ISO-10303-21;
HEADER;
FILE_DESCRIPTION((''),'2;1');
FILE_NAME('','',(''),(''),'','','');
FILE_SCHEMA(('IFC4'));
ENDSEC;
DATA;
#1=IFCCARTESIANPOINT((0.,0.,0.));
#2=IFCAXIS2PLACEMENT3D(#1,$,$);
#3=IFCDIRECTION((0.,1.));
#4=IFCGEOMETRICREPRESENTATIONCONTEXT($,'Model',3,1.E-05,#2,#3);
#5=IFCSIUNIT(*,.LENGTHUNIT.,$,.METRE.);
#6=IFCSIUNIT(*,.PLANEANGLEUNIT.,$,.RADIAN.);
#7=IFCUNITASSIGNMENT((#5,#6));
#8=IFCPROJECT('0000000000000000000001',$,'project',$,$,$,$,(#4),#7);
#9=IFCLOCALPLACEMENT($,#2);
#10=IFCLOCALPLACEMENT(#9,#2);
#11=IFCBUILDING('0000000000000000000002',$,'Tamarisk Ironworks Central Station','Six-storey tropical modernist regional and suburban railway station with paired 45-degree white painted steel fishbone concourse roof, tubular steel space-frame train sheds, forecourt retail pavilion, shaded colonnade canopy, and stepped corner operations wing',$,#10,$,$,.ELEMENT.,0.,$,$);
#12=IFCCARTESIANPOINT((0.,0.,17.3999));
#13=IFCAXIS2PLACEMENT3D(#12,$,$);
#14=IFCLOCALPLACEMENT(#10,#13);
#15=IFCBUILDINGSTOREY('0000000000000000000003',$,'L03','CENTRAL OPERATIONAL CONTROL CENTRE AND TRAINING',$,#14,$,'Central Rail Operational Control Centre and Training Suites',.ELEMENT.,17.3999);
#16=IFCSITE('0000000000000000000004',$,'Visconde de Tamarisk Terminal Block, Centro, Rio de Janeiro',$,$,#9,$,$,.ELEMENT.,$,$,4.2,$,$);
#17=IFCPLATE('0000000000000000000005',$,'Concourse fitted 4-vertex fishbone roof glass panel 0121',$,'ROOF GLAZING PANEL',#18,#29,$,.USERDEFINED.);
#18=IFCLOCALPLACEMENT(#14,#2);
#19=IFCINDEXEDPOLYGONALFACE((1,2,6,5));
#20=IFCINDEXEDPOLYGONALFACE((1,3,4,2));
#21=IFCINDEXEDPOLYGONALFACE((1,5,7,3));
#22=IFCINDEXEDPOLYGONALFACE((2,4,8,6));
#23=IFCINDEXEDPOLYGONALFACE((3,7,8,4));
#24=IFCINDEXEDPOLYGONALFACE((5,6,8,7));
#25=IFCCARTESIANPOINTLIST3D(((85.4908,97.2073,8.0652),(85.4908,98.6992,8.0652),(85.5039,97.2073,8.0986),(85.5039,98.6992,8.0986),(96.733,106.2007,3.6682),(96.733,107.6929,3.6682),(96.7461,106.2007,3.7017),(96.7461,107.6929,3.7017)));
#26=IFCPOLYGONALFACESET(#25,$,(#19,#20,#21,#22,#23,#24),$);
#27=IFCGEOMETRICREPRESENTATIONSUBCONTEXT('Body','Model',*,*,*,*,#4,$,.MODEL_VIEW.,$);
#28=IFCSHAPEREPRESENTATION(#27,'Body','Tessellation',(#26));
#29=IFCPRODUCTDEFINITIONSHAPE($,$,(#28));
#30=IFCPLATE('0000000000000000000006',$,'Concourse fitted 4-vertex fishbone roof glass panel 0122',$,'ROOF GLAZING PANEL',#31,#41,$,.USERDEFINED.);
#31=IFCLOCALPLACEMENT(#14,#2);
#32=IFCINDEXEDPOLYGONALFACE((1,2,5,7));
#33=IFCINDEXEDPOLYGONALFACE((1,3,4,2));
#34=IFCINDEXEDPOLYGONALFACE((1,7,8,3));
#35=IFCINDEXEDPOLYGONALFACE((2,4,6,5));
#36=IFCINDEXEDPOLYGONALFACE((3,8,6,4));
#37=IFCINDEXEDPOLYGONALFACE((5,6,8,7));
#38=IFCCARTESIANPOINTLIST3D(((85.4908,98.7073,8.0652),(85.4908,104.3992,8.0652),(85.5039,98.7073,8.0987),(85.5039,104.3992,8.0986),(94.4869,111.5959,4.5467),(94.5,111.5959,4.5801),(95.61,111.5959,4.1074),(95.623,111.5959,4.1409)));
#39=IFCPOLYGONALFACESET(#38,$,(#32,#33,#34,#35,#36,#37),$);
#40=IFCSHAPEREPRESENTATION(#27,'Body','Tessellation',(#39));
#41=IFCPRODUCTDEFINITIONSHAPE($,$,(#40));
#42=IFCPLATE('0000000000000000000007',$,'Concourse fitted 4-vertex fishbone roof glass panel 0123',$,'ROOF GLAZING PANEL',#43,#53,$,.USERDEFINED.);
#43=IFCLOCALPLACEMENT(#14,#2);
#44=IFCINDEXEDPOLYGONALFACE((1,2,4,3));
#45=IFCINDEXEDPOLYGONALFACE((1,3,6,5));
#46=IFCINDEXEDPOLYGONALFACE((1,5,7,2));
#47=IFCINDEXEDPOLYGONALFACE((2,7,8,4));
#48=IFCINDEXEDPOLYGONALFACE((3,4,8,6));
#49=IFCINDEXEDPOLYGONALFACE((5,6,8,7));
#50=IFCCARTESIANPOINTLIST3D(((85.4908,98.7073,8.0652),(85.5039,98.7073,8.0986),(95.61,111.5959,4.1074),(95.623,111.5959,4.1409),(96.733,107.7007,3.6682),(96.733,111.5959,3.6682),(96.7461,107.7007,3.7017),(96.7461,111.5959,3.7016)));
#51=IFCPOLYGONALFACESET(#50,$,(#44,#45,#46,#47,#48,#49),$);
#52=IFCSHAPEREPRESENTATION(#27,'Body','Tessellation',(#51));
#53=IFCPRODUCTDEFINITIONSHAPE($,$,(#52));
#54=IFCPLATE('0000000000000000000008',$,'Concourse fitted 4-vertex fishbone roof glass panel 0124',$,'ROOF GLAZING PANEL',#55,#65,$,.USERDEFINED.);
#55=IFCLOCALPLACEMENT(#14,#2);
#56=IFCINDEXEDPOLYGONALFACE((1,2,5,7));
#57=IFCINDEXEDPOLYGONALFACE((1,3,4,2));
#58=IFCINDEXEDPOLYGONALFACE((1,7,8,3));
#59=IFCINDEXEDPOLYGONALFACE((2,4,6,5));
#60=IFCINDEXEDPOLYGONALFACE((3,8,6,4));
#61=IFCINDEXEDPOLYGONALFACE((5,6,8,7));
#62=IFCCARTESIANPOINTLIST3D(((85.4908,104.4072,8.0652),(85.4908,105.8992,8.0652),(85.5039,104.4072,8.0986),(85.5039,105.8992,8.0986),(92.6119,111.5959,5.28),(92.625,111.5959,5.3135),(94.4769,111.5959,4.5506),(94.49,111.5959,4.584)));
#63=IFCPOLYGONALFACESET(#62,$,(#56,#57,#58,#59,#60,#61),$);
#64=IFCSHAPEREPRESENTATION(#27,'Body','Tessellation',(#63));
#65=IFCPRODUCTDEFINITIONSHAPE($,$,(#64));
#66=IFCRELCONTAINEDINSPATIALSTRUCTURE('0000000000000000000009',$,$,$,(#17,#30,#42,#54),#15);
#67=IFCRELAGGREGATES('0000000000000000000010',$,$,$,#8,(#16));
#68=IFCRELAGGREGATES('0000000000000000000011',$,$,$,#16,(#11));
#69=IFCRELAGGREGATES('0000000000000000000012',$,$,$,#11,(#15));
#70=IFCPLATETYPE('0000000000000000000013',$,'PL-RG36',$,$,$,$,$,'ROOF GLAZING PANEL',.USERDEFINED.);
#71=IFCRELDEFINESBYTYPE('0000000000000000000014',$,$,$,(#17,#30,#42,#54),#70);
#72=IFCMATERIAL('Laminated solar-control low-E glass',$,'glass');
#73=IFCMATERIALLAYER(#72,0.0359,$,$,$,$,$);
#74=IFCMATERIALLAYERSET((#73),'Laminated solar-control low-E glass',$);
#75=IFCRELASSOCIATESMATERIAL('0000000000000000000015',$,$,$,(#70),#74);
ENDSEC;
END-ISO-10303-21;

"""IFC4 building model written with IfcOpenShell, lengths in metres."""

from ifc_helpers import new_model, si_unit, direction, frame, origin, place, context, subcontext, project, spatial, polyline, outline, extrude, material, layer, layer_set, type_object, element, save


model = new_model("IFC4")

# Units and contexts
model_context = context("Model", 3, precision=1e-05, world=origin(), true_north=direction((0.0, 1.0)))
body_context = subcontext(model_context, "Body", "Model", "MODEL_VIEW")
ifc_project = project(units=[si_unit("LENGTHUNIT", "METRE"), si_unit("PLANEANGLEUNIT", "RADIAN")], contexts=[model_context])

# Site, building, storey
site_placement = place(None, origin())
site = spatial("IfcSite", under=ifc_project, at=site_placement, Name="Visconde de Tamarisk Terminal Block, Centro, Rio de Janeiro", CompositionType="ELEMENT", RefElevation=4.2)
building_placement = place(site_placement, origin())
building = spatial("IfcBuilding", under=site, at=building_placement, Name="Tamarisk Ironworks Central Station", Description="Six-storey tropical modernist regional and suburban railway station with paired 45-degree white painted steel fishbone concourse roof, tubular steel space-frame train sheds, forecourt retail pavilion, shaded colonnade canopy, and stepped corner operations wing", CompositionType="ELEMENT", ElevationOfRefHeight=0.0)
storey_placement = place(building_placement, frame((0.0, 0.0, 17.3999)))
storey = spatial("IfcBuildingStorey", under=building, at=storey_placement, Name="L03", Description="CENTRAL OPERATIONAL CONTROL CENTRE AND TRAINING", LongName="Central Rail Operational Control Centre and Training Suites", CompositionType="ELEMENT", Elevation=17.3999)

# Plates
ifc_material_1 = material(Name="Laminated solar-control low-E glass", Category="glass")
ifc_layer_1 = layer(ifc_material_1, 0.0359)
ifc_layer_set_1 = layer_set([ifc_layer_1], Name="Laminated solar-control low-E glass")
plate_type_1 = type_object("IfcPlateType", Name="PL-RG36", ElementType="ROOF GLAZING PANEL", PredefinedType="USERDEFINED", material=ifc_layer_set_1)
plate_1_placement = place(storey_placement, frame((96.7461, 106.2007, 3.7017), z_axis=(0.364245, 0.0, 0.931303), x_axis=(0.0, 1.0, 0.0)))
element("IfcPlate", 1, at=plate_1_placement, inside=storey, type_object=plate_type_1, Name="Concourse fitted 4-vertex fishbone roof glass panel 0121", ObjectType="ROOF GLAZING PANEL", PredefinedType="USERDEFINED", context=body_context, shape_type="SweptSolid", body=[
    extrude(outline(polyline([(0.0, 0.0), (1.4922, 0.0), (-7.5015, 12.0715), (-8.9934, 12.0715), (0.0, 0.0)])), origin(), (0.0, 0.0, -1.0), 0.0359),
])
plate_2_placement = place(storey_placement, frame((95.623, 111.5959, 4.1409), z_axis=(0.364245, 0.000005, 0.931303), x_axis=(-0.931303, 0.0, 0.364245)))
element("IfcPlate", 2, at=plate_2_placement, inside=storey, type_object=plate_type_1, Name="Concourse fitted 4-vertex fishbone roof glass panel 0122", ObjectType="ROOF GLAZING PANEL", PredefinedType="USERDEFINED", context=body_context, shape_type="SweptSolid", body=[
    extrude(outline(polyline([(0.0, 0.0), (1.2059, 0.0), (10.8656, 7.1968), (10.8656, 12.8887), (0.0, 0.0)])), origin(), (0.0, 0.0, -1.0), 0.0359),
])
plate_3_placement = place(storey_placement, frame((96.7461, 107.7007, 3.7017), z_axis=(0.36424, 0.000005, 0.931305), x_axis=(-0.000002, 1.0, -0.000005)))
element("IfcPlate", 3, at=plate_3_placement, inside=storey, type_object=plate_type_1, Name="Concourse fitted 4-vertex fishbone roof glass panel 0123", ObjectType="ROOF GLAZING PANEL", PredefinedType="USERDEFINED", context=body_context, shape_type="SweptSolid", body=[
    extrude(outline(polyline([(0.0, 0.0), (3.8953, 0.0), (3.8953, 1.2059), (-8.9934, 12.0715), (0.0, 0.0)])), origin(), (0.0, 0.0, -1.0), 0.0359),
])
plate_4_placement = place(storey_placement, frame((94.49, 111.5959, 4.584), z_axis=(0.364262, -0.000019, 0.931297), x_axis=(-0.931297, 0.0, 0.364262)))
element("IfcPlate", 4, at=plate_4_placement, inside=storey, type_object=plate_type_1, Name="Concourse fitted 4-vertex fishbone roof glass panel 0124", ObjectType="ROOF GLAZING PANEL", PredefinedType="USERDEFINED", context=body_context, shape_type="SweptSolid", body=[
    extrude(outline(polyline([(0.0, 0.0), (2.0026, 0.0), (9.649, 5.6968), (9.649, 7.1887), (0.0, 0.0)])), origin(), (0.0, 0.0, -1.0), 0.0359),
])

save(model, "model.ifc")
